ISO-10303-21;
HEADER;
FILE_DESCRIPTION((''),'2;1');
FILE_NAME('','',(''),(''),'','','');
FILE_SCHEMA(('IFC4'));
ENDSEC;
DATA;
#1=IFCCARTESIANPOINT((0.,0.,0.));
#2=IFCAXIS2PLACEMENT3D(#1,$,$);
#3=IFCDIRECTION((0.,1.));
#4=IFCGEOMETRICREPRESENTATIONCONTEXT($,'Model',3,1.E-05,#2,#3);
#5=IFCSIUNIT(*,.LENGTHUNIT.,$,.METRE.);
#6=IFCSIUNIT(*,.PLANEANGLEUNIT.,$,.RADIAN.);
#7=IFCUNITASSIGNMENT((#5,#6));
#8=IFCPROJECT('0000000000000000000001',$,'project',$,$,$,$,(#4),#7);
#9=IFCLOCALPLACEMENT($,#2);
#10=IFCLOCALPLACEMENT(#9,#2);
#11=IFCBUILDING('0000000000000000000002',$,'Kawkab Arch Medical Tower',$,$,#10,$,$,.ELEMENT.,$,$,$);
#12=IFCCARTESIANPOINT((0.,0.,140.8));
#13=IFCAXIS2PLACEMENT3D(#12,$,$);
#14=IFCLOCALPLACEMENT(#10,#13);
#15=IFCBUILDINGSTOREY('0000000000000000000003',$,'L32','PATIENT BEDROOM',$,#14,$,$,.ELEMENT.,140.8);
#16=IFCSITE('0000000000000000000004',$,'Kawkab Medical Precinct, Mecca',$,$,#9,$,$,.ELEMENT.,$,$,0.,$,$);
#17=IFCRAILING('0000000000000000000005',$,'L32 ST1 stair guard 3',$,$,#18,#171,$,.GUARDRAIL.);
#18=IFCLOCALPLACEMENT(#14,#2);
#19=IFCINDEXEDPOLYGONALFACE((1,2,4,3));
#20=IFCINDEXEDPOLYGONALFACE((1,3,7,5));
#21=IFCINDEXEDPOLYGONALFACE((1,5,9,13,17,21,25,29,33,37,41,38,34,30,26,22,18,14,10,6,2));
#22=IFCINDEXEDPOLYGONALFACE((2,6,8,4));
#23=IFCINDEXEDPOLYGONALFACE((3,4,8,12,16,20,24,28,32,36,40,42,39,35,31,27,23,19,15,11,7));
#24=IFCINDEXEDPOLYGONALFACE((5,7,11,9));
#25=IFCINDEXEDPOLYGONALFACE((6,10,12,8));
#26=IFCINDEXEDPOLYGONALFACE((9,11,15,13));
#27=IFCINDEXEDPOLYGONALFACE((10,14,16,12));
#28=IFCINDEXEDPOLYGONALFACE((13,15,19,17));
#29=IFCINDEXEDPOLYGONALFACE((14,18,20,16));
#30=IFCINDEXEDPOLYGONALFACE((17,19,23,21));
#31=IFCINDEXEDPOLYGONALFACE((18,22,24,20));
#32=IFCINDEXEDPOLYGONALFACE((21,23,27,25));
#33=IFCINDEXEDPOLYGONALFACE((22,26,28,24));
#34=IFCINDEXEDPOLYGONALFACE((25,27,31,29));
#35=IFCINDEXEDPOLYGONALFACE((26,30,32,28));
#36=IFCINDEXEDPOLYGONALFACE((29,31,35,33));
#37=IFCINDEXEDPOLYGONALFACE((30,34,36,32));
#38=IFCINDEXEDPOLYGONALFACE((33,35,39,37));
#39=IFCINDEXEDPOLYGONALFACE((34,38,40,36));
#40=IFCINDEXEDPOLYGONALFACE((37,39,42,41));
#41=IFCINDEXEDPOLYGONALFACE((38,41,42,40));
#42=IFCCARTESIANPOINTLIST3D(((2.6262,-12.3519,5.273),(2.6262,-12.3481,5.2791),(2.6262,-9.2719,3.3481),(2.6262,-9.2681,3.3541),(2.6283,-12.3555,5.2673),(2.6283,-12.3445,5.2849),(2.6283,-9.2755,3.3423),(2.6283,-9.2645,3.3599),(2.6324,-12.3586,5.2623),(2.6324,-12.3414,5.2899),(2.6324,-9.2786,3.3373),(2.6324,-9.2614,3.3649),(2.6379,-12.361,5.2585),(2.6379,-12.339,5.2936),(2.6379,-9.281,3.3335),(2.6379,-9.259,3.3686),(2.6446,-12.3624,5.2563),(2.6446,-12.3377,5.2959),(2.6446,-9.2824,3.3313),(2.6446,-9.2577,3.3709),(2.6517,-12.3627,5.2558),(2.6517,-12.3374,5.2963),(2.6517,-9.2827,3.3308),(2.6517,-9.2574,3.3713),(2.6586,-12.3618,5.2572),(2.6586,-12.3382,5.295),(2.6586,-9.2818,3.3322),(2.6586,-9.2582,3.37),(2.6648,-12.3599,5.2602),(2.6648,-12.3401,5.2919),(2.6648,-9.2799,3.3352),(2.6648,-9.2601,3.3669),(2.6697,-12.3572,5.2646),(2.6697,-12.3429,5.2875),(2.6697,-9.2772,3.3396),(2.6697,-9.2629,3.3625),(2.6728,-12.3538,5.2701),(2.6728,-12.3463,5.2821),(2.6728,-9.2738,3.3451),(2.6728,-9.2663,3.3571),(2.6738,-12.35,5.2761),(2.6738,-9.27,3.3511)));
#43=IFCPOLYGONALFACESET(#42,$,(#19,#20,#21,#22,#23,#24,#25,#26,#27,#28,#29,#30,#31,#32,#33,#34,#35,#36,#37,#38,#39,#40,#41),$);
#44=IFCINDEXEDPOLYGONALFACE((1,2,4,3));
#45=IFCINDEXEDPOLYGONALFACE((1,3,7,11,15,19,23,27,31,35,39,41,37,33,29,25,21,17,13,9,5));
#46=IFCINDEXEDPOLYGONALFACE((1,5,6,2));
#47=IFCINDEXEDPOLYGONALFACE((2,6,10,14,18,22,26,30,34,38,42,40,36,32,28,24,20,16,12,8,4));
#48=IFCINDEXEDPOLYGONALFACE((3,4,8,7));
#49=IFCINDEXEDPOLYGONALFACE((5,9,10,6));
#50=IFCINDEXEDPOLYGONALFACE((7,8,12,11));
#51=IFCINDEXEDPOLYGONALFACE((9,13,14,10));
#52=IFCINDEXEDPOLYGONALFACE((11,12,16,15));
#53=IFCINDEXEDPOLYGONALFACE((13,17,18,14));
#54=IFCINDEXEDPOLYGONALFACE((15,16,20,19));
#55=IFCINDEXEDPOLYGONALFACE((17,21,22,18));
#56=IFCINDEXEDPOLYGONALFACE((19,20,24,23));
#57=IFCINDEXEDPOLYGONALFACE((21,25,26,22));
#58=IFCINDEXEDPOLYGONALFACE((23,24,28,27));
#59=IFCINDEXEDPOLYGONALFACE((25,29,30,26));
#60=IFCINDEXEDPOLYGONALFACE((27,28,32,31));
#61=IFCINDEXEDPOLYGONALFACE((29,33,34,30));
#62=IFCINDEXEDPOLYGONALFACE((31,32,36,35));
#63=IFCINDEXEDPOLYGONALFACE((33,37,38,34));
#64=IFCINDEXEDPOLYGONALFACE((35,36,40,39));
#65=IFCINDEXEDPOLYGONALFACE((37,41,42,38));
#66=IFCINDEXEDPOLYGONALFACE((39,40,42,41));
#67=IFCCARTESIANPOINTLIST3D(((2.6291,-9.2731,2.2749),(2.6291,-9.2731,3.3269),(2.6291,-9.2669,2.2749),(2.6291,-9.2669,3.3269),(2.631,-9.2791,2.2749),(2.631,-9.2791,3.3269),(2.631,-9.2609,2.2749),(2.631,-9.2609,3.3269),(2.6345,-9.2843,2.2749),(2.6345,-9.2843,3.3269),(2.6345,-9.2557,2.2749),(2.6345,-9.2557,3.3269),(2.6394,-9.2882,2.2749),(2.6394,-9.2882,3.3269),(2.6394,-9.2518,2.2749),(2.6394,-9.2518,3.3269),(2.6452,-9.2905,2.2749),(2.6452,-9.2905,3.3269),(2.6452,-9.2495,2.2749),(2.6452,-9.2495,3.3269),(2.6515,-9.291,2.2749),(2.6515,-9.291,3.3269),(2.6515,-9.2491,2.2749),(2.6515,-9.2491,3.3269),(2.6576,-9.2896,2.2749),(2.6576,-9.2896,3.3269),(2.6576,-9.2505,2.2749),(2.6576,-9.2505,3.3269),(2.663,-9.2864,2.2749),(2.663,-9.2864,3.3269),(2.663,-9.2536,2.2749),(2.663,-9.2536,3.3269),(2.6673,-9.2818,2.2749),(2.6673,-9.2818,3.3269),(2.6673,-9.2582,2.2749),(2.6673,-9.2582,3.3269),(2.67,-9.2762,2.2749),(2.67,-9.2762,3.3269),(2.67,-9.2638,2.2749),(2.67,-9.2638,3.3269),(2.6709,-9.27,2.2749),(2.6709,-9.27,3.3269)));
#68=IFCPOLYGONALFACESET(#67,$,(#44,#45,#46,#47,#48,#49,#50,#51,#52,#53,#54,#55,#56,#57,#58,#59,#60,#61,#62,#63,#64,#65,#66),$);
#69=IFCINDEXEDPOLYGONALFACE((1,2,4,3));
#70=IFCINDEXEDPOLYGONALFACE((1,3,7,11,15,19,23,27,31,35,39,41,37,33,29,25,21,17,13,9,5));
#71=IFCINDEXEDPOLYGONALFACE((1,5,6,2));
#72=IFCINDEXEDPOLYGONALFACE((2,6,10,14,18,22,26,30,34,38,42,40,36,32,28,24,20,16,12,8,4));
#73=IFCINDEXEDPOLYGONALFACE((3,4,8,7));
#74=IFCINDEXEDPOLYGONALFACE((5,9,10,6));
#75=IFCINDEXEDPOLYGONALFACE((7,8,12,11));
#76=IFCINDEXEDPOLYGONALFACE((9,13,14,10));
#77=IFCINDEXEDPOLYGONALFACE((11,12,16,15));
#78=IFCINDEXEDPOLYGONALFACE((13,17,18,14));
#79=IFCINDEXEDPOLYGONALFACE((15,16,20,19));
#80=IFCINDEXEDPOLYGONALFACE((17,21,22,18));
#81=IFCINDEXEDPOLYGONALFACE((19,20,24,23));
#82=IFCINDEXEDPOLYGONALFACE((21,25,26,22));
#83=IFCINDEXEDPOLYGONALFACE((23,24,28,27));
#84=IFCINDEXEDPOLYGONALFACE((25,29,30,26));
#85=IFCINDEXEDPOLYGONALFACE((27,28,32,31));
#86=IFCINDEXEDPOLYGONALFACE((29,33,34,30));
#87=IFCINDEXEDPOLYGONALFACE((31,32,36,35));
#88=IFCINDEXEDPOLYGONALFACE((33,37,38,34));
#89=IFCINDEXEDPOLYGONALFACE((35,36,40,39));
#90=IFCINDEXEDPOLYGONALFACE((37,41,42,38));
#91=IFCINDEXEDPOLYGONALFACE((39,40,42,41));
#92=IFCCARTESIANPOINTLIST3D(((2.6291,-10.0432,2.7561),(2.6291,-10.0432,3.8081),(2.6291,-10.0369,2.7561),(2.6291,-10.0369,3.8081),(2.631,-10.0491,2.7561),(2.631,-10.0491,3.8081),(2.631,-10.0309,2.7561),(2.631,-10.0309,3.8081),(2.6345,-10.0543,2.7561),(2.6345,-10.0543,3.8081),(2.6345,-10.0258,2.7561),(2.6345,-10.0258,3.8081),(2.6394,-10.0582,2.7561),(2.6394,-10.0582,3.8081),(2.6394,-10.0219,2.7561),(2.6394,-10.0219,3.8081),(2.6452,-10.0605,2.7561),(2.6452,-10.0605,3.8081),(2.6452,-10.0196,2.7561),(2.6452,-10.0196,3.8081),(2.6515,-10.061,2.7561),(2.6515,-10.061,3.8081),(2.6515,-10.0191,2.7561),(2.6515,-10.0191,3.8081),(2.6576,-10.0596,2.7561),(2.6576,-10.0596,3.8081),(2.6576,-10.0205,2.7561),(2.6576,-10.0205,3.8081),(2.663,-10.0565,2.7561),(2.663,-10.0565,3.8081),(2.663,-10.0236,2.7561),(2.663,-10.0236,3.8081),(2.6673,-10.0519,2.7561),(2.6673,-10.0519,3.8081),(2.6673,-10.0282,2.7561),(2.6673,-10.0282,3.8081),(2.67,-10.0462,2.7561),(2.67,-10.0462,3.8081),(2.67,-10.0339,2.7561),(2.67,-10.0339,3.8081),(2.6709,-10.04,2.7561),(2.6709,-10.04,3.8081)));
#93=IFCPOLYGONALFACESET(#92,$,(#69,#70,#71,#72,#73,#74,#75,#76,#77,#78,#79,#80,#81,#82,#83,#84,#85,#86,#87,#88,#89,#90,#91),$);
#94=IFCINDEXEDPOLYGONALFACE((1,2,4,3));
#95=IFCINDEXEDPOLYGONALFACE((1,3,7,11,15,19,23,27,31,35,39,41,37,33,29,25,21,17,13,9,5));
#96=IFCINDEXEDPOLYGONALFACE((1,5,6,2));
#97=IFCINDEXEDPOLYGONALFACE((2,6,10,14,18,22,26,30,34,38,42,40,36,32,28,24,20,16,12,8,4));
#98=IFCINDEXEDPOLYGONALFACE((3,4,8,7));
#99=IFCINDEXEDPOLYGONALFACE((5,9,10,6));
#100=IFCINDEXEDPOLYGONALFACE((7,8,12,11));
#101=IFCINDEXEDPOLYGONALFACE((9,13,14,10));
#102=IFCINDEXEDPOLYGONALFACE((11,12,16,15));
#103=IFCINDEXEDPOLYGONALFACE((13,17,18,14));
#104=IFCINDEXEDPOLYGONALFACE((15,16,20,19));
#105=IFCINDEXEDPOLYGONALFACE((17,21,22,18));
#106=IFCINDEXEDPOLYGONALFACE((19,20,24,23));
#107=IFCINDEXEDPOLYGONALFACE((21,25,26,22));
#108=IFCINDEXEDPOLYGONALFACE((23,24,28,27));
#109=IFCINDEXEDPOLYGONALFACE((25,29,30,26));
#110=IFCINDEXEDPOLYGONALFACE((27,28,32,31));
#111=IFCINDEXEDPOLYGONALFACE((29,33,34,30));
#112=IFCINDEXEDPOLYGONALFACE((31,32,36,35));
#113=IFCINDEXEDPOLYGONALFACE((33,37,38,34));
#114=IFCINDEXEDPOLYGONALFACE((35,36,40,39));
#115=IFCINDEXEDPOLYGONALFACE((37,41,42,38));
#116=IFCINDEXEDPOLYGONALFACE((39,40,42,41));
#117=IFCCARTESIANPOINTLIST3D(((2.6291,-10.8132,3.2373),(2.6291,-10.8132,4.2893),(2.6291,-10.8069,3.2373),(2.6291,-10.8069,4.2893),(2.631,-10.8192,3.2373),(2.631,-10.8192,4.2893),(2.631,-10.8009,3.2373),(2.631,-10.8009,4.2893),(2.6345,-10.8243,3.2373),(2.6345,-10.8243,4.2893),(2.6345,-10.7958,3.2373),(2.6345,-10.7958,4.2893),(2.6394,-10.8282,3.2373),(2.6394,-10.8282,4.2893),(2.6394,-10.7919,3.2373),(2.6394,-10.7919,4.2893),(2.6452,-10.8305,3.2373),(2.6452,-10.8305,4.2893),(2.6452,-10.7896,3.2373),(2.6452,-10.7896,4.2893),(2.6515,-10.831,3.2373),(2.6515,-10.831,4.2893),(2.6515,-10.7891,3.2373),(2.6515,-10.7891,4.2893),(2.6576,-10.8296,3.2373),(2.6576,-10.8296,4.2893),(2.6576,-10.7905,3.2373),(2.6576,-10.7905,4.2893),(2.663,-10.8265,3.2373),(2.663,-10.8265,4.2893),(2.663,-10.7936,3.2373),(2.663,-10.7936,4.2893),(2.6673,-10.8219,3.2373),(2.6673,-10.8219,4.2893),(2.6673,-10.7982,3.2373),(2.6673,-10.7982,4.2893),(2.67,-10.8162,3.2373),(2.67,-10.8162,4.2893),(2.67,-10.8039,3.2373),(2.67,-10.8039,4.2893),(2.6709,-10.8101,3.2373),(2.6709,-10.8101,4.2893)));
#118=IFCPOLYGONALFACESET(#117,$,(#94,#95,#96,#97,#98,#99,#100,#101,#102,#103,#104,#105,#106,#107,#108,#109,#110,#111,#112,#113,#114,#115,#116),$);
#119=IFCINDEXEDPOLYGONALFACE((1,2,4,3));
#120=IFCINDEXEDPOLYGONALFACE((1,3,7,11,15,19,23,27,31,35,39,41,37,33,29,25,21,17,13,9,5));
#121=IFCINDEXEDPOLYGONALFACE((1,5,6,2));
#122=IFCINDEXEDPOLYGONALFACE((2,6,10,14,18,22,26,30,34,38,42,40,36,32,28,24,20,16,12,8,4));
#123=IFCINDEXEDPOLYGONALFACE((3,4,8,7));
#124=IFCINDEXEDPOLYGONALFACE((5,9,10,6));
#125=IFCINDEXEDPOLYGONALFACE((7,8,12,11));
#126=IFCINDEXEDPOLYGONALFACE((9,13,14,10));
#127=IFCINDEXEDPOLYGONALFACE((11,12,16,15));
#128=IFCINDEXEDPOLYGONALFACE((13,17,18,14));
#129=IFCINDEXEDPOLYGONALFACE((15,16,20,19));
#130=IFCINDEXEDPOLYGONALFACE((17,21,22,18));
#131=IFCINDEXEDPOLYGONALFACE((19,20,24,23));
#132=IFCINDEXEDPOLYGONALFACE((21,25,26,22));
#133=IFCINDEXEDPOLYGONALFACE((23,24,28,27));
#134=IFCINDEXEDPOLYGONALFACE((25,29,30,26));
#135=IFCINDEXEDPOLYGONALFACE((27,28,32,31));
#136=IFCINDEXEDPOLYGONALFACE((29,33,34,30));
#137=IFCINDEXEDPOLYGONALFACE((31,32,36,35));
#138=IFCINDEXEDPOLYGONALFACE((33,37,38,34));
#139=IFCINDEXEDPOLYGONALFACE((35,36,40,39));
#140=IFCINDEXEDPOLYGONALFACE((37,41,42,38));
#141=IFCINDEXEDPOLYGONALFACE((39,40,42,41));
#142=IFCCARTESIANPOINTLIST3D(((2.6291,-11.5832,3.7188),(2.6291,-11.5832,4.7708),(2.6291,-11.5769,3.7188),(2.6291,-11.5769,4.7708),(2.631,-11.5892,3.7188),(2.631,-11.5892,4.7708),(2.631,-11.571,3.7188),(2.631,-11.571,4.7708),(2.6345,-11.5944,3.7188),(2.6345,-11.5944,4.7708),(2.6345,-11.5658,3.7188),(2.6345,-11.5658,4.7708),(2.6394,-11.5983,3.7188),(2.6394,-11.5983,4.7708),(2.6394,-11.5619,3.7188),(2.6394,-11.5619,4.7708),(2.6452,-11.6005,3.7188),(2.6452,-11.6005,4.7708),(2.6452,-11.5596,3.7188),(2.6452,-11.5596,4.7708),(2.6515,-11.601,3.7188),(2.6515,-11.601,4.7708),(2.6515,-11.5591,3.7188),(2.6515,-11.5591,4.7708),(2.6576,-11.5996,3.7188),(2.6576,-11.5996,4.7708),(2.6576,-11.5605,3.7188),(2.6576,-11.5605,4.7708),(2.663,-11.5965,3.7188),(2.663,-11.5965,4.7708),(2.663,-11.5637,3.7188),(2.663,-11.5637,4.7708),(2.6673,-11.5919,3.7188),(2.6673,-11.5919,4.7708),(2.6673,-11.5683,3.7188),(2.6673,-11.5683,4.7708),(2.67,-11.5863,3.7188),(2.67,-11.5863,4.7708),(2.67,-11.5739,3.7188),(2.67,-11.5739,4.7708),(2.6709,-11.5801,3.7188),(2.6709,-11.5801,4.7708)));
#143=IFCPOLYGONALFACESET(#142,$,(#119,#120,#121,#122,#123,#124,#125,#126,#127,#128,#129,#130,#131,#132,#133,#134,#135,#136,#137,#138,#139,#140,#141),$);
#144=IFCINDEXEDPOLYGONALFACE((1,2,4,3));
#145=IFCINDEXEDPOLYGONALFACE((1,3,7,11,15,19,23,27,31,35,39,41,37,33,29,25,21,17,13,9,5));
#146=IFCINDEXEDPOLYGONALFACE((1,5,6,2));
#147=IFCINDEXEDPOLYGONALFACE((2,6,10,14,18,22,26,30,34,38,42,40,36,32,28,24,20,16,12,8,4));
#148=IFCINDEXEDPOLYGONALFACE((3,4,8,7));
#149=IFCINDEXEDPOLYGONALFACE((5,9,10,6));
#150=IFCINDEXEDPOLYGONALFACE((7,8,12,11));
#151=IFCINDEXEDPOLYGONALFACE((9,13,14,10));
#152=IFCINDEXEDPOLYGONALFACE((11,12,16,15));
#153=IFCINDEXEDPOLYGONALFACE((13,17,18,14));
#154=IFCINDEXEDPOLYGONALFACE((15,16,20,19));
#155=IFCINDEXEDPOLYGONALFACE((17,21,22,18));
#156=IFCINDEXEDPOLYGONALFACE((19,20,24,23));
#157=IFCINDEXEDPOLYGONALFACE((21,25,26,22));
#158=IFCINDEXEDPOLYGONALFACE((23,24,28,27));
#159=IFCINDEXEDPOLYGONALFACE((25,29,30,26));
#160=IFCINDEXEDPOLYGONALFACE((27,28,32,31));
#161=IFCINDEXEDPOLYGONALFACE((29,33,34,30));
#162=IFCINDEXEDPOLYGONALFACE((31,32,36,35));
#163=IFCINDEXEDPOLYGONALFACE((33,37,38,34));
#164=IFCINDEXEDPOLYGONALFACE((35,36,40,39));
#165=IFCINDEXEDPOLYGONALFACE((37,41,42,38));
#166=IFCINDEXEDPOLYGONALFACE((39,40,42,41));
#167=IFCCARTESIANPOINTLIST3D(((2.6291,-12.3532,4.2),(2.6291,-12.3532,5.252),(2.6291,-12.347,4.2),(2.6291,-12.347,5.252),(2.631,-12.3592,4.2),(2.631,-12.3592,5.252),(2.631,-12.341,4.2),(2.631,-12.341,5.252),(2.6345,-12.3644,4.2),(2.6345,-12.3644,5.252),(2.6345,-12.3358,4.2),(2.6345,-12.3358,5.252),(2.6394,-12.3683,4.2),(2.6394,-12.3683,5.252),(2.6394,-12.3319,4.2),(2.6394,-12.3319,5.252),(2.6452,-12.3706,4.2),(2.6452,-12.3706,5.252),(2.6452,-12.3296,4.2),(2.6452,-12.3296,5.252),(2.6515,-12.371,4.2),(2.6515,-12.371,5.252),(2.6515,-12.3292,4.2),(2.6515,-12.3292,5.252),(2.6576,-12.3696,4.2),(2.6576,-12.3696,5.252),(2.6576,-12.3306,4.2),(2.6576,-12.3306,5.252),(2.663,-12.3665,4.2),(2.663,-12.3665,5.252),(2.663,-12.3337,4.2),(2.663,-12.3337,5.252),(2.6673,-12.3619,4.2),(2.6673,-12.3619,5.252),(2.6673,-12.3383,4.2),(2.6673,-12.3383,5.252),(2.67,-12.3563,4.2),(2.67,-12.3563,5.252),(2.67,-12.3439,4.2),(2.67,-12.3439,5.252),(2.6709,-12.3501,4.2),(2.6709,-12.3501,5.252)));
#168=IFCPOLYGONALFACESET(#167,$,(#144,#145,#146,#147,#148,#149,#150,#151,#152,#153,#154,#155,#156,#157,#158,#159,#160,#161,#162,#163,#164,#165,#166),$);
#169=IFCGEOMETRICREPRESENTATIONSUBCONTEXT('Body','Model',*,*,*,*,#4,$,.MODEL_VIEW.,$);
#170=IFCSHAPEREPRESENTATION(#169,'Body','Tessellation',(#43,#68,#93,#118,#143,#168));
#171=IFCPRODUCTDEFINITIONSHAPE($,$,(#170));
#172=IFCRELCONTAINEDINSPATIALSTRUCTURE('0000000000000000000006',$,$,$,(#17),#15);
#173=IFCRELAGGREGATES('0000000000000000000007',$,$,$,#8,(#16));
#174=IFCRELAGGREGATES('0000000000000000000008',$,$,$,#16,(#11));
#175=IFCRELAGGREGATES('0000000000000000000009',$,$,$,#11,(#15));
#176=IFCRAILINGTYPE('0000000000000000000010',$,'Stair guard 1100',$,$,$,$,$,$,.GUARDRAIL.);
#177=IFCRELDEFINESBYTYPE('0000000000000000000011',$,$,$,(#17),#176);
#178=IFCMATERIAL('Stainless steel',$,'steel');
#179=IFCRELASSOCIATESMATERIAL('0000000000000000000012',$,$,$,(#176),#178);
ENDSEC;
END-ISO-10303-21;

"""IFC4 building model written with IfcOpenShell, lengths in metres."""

from ifc_helpers import new_model, si_unit, direction, frame, origin, origin_2d, place, context, subcontext, project, spatial, circle, extrude, material, type_object, element, save


model = new_model("IFC4")

# Units and contexts
model_context = context("Model", 3, precision=1e-05, world=origin(), true_north=direction((0.0, 1.0)))
body_context = subcontext(model_context, "Body", "Model", "MODEL_VIEW")
ifc_project = project(units=[si_unit("LENGTHUNIT", "METRE"), si_unit("PLANEANGLEUNIT", "RADIAN")], contexts=[model_context])

# Site, building, storey
site_placement = place(None, origin())
site = spatial("IfcSite", under=ifc_project, at=site_placement, Name="Kawkab Medical Precinct, Mecca", CompositionType="ELEMENT", RefElevation=0.0)
building_placement = place(site_placement, origin())
building = spatial("IfcBuilding", under=site, at=building_placement, Name="Kawkab Arch Medical Tower", CompositionType="ELEMENT")
storey_placement = place(building_placement, frame((0.0, 0.0, 140.8)))
storey = spatial("IfcBuildingStorey", under=building, at=storey_placement, Name="L32", Description="PATIENT BEDROOM", CompositionType="ELEMENT", Elevation=140.8)

# Railing
ifc_material_1 = material(Name="Stainless steel", Category="steel")
railing_type_1 = type_object("IfcRailingType", Name="Stair guard 1100", PredefinedType="GUARDRAIL", material=ifc_material_1)
railing_1_placement = place(storey_placement, frame((2.6499, -9.27, 2.2749)))
element("IfcRailing", 1, at=railing_1_placement, inside=storey, type_object=railing_type_1, Name="L32 ST1 stair guard 3", PredefinedType="GUARDRAIL", context=body_context, shape_type="SweptSolid", body=[
    extrude(circle(Radius=0.0239, at=origin_2d()), frame((0.0, 0.0, 1.0762), z_axis=(0.0, -0.847998, 0.529999), x_axis=(1.0, 0.0, 0.0)), (0.0, 0.0, 1.0), 3.6321),
    extrude(circle(Radius=0.021, at=origin_2d()), origin(), (0.0, 0.0, 1.0), 1.052),
    extrude(circle(Radius=0.021, at=origin_2d()), frame((0.0, -0.77, 0.4812)), (0.0, 0.0, 1.0), 1.052),
    extrude(circle(Radius=0.021, at=origin_2d()), frame((0.0, -1.54, 0.9624)), (0.0, 0.0, 1.0), 1.052),
    extrude(circle(Radius=0.021, at=origin_2d()), frame((0.0, -2.3101, 1.4438)), (0.0, 0.0, 1.0), 1.052),
    extrude(circle(Radius=0.021, at=origin_2d()), frame((0.0, -3.0801, 1.925)), (0.0, 0.0, 1.0), 1.052),
])

save(model, "model.ifc")
